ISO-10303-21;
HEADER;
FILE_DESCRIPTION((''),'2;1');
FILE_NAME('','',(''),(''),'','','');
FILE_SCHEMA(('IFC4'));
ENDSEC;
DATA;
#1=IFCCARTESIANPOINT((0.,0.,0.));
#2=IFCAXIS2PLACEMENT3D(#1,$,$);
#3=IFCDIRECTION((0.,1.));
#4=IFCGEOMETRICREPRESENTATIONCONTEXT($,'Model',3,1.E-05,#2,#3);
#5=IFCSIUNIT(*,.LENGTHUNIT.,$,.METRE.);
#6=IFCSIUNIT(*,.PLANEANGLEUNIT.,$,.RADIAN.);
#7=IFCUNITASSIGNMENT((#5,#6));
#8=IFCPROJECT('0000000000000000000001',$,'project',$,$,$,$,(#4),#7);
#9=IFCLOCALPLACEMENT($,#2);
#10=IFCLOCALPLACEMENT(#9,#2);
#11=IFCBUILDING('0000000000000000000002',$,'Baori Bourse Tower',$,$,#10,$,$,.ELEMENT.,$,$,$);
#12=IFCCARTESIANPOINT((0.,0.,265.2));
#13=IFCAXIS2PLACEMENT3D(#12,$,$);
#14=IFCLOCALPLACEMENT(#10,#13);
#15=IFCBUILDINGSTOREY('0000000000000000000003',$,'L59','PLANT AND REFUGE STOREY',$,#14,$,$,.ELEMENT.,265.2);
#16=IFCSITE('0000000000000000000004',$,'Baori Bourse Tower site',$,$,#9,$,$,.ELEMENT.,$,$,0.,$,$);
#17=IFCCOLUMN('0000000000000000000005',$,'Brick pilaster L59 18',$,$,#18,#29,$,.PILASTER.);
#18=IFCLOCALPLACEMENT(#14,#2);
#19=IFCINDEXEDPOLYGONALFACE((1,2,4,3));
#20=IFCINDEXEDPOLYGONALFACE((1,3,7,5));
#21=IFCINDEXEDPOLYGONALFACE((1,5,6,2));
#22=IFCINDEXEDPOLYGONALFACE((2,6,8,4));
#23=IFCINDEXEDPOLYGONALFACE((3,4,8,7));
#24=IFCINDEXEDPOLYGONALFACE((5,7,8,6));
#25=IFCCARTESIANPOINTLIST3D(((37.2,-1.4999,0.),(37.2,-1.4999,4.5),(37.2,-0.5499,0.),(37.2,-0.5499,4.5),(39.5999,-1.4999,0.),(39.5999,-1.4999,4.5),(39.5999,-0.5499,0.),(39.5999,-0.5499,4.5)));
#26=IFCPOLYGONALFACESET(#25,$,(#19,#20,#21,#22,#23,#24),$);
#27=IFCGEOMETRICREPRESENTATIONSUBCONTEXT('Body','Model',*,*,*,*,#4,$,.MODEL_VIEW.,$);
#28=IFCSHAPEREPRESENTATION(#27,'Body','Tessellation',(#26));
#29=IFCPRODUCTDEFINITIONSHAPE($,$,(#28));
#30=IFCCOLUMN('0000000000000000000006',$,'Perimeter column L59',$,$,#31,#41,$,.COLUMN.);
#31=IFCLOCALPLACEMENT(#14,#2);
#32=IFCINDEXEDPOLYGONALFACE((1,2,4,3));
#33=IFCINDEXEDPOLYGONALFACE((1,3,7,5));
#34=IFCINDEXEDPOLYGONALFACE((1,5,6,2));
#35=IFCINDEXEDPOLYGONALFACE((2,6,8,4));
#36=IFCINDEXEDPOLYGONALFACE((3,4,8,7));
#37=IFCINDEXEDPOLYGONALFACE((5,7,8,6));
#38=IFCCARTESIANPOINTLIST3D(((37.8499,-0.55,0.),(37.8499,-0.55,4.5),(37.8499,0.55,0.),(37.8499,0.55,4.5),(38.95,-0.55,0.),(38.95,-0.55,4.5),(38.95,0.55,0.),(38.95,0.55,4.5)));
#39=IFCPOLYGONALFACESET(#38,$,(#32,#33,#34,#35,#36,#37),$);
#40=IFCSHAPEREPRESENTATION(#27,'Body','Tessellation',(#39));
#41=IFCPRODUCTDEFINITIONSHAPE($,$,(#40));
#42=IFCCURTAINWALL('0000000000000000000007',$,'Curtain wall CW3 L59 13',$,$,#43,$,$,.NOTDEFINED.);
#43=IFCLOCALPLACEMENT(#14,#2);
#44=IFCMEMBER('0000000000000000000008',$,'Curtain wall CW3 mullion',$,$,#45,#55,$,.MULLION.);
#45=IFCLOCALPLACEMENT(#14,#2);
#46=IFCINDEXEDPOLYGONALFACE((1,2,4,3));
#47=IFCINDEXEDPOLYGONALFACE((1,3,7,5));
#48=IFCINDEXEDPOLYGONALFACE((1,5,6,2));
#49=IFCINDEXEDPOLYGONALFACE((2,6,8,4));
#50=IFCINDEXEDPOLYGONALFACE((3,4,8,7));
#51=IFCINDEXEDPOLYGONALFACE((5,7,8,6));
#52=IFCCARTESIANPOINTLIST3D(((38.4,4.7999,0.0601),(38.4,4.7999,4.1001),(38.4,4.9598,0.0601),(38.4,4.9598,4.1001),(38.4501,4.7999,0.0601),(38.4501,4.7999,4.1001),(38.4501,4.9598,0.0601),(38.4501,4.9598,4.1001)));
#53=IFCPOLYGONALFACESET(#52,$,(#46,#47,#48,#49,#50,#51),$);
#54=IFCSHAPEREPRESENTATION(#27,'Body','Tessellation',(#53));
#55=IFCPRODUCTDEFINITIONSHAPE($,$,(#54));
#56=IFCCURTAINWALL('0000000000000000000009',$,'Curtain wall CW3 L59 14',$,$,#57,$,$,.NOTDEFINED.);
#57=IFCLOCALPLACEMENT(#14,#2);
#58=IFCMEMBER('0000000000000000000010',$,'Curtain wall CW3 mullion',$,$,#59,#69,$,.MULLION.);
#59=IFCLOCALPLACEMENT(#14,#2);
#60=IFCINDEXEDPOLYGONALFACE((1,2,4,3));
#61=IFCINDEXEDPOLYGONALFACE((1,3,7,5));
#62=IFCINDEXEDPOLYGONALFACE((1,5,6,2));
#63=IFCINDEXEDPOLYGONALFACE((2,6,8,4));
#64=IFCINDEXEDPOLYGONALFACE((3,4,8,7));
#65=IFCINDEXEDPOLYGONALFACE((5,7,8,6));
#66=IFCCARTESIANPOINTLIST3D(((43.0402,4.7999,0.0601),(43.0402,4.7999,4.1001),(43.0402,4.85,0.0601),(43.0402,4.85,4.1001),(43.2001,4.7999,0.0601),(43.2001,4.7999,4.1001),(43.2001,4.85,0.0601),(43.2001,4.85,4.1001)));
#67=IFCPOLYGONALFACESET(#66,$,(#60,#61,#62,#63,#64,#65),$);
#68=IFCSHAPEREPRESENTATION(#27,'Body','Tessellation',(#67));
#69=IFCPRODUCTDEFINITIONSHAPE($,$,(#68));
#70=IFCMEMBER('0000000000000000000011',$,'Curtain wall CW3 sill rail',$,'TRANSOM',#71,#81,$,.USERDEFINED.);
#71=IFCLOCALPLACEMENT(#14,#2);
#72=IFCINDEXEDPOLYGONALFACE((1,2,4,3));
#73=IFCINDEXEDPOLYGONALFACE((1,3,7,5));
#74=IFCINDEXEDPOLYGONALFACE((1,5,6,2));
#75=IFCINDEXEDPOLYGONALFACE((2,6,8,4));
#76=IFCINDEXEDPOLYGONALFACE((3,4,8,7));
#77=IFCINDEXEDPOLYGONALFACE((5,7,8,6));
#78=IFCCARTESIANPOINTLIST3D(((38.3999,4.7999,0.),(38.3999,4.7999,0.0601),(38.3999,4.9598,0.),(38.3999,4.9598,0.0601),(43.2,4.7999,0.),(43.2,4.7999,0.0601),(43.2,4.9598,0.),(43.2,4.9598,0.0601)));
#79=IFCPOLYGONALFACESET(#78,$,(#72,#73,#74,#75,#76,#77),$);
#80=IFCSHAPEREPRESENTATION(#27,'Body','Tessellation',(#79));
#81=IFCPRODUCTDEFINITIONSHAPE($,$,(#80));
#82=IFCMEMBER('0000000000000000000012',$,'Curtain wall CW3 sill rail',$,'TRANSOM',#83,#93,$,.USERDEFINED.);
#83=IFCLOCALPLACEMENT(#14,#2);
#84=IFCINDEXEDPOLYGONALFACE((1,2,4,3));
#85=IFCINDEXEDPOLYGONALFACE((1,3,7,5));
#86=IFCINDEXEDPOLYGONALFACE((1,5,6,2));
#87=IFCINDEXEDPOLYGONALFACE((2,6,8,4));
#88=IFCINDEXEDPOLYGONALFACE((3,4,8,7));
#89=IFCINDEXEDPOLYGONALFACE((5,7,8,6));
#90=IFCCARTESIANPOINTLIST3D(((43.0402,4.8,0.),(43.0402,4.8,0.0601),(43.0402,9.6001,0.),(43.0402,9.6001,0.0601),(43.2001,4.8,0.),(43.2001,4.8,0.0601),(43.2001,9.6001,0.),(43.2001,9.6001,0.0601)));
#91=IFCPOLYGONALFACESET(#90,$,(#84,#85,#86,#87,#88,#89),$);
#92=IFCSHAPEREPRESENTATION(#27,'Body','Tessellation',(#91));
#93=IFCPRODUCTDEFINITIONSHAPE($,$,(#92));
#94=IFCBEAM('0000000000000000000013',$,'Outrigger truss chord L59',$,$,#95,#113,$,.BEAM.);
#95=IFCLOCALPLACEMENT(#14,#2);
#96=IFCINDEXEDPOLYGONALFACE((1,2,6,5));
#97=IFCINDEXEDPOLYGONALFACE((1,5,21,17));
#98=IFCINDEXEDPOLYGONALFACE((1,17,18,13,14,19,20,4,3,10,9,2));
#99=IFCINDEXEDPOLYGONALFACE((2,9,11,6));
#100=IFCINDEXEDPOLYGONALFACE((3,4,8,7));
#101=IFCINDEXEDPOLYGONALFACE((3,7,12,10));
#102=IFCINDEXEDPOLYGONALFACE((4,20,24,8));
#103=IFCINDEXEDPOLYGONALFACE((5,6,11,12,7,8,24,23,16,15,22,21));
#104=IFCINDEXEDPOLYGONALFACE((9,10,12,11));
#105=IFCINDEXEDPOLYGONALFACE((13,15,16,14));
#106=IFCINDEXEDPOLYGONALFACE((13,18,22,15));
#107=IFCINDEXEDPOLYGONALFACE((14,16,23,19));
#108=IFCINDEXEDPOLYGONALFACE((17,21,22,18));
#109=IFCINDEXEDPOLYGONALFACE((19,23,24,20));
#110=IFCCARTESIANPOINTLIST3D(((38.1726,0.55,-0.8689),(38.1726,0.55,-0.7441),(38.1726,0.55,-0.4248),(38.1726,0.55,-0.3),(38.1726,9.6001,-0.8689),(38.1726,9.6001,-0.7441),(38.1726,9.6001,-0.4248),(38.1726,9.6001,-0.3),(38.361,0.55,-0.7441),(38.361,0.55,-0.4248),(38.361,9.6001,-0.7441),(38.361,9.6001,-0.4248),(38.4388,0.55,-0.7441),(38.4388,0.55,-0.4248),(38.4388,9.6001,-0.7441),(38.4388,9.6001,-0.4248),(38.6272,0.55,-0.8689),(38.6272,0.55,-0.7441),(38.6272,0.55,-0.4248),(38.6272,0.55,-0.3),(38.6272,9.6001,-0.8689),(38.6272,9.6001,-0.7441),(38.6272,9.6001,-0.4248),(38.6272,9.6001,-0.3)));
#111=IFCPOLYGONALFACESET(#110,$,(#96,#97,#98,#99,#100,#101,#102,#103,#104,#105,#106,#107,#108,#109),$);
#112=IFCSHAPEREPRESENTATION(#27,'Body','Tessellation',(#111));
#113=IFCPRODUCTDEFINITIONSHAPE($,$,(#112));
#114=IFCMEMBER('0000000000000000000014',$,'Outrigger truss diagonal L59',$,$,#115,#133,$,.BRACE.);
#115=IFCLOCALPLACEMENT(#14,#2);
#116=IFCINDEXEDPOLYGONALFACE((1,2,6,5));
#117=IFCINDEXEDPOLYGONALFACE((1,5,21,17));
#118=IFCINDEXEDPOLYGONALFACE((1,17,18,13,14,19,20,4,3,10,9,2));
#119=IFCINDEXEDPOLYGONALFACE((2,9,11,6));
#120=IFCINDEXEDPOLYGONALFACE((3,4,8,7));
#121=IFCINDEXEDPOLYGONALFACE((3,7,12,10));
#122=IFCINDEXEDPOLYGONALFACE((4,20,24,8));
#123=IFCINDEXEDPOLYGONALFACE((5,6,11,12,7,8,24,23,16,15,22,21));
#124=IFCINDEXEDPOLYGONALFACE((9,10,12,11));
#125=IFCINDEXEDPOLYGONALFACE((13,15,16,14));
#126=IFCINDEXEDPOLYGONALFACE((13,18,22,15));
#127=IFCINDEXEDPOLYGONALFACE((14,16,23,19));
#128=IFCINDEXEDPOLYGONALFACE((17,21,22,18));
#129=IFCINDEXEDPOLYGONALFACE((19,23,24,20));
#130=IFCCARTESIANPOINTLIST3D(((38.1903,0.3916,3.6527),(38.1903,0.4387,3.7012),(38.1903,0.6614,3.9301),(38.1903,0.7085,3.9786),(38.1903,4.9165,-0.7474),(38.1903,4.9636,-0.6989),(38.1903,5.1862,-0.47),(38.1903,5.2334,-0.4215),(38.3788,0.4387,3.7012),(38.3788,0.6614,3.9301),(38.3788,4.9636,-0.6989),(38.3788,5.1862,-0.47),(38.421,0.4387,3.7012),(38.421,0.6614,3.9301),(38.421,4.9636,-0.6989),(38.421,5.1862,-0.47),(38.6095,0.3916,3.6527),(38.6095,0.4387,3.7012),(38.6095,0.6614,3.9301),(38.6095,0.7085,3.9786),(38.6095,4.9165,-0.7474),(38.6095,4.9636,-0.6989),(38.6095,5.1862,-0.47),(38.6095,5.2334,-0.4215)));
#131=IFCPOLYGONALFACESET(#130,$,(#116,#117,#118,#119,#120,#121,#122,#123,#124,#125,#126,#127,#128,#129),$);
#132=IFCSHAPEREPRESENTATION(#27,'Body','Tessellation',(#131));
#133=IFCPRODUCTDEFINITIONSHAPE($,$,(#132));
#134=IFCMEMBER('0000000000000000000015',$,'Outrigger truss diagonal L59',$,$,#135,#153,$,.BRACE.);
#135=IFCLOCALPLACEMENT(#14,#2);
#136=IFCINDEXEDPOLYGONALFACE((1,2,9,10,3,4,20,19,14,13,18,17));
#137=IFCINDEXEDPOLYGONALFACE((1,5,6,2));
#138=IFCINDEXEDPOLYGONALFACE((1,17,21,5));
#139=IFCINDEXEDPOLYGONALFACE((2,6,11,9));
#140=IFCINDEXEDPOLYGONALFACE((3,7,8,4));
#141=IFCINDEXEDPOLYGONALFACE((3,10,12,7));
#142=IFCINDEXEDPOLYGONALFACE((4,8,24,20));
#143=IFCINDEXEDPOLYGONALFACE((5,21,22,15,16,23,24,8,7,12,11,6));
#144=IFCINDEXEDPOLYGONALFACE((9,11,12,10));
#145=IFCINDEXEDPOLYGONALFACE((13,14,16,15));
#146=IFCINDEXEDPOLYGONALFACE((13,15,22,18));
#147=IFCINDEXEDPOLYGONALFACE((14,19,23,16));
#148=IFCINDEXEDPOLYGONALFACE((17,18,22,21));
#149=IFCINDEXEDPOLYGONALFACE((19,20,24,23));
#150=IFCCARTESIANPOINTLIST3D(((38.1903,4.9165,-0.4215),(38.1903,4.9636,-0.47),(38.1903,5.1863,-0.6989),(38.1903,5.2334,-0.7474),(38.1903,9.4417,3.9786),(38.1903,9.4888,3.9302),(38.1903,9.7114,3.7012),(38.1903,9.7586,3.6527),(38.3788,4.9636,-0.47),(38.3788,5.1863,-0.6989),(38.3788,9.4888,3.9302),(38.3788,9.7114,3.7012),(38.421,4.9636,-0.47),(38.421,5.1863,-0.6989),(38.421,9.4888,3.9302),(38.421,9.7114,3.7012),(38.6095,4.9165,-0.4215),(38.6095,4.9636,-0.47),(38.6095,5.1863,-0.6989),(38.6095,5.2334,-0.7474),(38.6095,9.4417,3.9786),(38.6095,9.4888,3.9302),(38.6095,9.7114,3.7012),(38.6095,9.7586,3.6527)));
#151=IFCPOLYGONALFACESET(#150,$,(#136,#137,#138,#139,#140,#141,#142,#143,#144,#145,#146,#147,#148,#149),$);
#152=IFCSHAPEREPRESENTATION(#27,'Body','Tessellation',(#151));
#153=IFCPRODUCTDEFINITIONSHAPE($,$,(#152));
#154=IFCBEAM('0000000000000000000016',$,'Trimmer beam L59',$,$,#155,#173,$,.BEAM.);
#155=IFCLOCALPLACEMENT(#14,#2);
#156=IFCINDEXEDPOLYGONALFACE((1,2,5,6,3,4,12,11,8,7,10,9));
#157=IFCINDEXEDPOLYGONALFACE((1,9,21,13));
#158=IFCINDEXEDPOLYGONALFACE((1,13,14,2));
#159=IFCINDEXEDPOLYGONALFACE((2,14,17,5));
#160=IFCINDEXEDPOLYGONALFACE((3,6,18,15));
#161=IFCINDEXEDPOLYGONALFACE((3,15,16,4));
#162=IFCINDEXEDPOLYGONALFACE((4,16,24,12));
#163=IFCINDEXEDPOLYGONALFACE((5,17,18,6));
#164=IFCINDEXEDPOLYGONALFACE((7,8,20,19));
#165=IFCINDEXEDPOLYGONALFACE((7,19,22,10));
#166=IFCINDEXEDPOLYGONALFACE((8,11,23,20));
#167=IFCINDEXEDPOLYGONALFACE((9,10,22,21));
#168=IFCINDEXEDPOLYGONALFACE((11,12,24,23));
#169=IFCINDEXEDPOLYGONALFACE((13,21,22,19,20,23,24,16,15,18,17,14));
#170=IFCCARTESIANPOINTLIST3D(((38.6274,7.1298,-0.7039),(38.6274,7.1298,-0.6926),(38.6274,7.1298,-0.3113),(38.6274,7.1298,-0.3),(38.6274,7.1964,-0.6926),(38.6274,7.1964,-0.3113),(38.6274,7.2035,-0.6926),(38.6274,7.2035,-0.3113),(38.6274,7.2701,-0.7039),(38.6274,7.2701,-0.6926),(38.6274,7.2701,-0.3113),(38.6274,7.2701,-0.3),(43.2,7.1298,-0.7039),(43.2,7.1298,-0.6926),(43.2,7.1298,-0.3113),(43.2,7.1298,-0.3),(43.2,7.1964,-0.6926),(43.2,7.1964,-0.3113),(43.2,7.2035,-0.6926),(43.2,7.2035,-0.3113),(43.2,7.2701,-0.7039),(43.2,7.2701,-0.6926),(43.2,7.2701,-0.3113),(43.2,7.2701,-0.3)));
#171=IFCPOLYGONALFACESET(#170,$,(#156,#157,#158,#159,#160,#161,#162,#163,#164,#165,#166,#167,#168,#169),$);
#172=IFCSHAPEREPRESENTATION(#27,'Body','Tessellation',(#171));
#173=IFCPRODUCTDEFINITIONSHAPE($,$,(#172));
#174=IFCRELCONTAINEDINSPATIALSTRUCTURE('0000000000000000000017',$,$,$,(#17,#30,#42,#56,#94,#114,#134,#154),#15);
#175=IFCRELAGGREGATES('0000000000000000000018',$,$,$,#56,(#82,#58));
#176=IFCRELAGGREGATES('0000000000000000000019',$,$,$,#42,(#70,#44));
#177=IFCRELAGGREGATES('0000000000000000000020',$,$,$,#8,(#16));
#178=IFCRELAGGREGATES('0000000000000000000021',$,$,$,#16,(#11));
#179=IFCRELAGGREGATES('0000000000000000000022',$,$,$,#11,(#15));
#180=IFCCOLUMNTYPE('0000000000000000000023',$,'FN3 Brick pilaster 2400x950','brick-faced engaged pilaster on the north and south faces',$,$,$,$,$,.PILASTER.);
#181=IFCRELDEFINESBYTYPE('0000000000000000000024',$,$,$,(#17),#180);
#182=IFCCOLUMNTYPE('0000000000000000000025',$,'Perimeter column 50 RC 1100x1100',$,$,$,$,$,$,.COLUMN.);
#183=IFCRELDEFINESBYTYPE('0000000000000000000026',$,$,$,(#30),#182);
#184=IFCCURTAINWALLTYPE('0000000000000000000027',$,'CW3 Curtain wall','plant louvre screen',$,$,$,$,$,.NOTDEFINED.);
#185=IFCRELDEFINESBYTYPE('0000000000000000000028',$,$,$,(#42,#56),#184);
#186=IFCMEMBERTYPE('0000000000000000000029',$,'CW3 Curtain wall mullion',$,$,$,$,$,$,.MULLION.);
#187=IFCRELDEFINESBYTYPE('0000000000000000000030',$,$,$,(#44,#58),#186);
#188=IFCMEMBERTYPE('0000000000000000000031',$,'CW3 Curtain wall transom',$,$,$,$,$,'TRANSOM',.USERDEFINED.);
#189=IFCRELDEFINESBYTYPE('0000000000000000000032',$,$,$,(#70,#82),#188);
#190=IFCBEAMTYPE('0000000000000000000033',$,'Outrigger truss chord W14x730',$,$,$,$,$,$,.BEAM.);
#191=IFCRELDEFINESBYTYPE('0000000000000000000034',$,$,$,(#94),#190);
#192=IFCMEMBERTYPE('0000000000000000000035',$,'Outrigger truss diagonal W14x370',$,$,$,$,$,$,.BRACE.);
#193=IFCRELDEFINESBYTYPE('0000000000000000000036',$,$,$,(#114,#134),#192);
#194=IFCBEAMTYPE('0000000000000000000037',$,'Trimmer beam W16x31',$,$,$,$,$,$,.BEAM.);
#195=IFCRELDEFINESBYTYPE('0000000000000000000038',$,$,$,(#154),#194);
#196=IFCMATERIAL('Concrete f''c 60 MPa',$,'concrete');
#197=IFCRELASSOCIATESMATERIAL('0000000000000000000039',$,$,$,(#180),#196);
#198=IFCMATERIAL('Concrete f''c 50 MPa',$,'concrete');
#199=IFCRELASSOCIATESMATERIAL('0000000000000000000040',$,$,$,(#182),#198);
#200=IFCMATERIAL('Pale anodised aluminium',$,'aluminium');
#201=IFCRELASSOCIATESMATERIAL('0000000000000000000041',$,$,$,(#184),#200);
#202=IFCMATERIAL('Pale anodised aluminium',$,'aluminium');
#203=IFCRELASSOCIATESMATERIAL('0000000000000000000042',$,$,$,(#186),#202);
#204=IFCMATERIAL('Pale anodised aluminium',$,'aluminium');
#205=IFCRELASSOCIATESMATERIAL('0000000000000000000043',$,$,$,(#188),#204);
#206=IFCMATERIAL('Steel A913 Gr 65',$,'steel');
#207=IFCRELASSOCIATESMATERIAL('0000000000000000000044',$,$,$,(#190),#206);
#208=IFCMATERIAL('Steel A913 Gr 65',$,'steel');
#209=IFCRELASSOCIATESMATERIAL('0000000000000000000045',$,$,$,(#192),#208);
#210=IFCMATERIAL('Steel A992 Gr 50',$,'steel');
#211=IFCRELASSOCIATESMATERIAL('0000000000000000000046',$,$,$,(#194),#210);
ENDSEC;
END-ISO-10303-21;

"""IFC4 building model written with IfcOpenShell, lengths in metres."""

from ifc_helpers import new_model, si_unit, direction, frame, origin, origin_2d, place, context, subcontext, project, spatial, rectangle, i_section, extrude, material, material_profile, profile_set, type_object, element, aggregate, save


model = new_model("IFC4")

# Units and contexts
model_context = context("Model", 3, precision=1e-05, world=origin(), true_north=direction((0.0, 1.0)))
body_context = subcontext(model_context, "Body", "Model", "MODEL_VIEW")
ifc_project = project(units=[si_unit("LENGTHUNIT", "METRE"), si_unit("PLANEANGLEUNIT", "RADIAN")], contexts=[model_context])

# Site, building, storey
site_placement = place(None, origin())
site = spatial("IfcSite", under=ifc_project, at=site_placement, Name="Baori Bourse Tower site", CompositionType="ELEMENT", RefElevation=0.0)
building_placement = place(site_placement, origin())
building = spatial("IfcBuilding", under=site, at=building_placement, Name="Baori Bourse Tower", CompositionType="ELEMENT")
storey_placement = place(building_placement, frame((0.0, 0.0, 265.2)))
storey = spatial("IfcBuildingStorey", under=building, at=storey_placement, Name="L59", Description="PLANT AND REFUGE STOREY", CompositionType="ELEMENT", Elevation=265.2)

# Columns
ifc_material_1 = material(Name="Concrete f'c 60 MPa", Category="concrete")
ifc_material_profile_1 = material_profile(ifc_material_1, rectangle(XDim=2.3999, YDim=0.95, at=origin_2d()), Name="RC 2400x950")
ifc_profile_set_1 = profile_set([ifc_material_profile_1], Name="Concrete f'c 60 MPa")
column_type_1 = type_object("IfcColumnType", Name="FN3 Brick pilaster 2400x950", Description="brick-faced engaged pilaster on the north and south faces", PredefinedType="PILASTER", material=ifc_profile_set_1)
column_1_placement = place(storey_placement, frame((38.3999, -1.0249, 0.0), z_axis=(0.0, 0.0, 1.0), x_axis=(1.0, 0.0, 0.0)))
element("IfcColumn", 1, at=column_1_placement, inside=storey, type_object=column_type_1, Name="Brick pilaster L59 18", PredefinedType="PILASTER", context=body_context, shape_type="SweptSolid", body=[
    extrude(rectangle(XDim=2.3999, YDim=0.95, at=origin_2d()), origin(), (0.0, 0.0, 1.0), 4.5),
])
ifc_material_2 = material(Name="Concrete f'c 50 MPa", Category="concrete")
ifc_material_profile_2 = material_profile(ifc_material_2, rectangle(XDim=1.1001, YDim=1.1001, at=origin_2d()), Name="RC 1100x1100")
ifc_profile_set_2 = profile_set([ifc_material_profile_2], Name="Concrete f'c 50 MPa")
column_type_2 = type_object("IfcColumnType", Name="Perimeter column 50 RC 1100x1100", PredefinedType="COLUMN", material=ifc_profile_set_2)
column_2_placement = place(storey_placement, frame((38.3999, 0.0, 0.0), z_axis=(0.0, 0.0, 1.0), x_axis=(1.0, 0.0, 0.0)))
element("IfcColumn", 2, at=column_2_placement, inside=storey, type_object=column_type_2, Name="Perimeter column L59", PredefinedType="COLUMN", context=body_context, shape_type="SweptSolid", body=[
    extrude(rectangle(XDim=1.1001, YDim=1.1001, at=origin_2d()), origin(), (0.0, 0.0, 1.0), 4.5),
])

# Curtain walls, members
ifc_material_3 = material(Name="Pale anodised aluminium", Category="aluminium")
curtain_wall_type = type_object("IfcCurtainWallType", Name="CW3 Curtain wall", Description="plant louvre screen", PredefinedType="NOTDEFINED", material=ifc_material_3)
curtain_wall_1_placement = place(storey_placement, origin())
curtain_wall_1 = element("IfcCurtainWall", 3, at=curtain_wall_1_placement, inside=storey, type_object=curtain_wall_type, Name="Curtain wall CW3 L59 13", PredefinedType="NOTDEFINED")
ifc_material_4 = material(Name="Pale anodised aluminium", Category="aluminium")
ifc_material_profile_3 = material_profile(ifc_material_4, rectangle(XDim=0.1599, YDim=0.05, at=origin_2d()), Name="Mullion 50x160")
ifc_profile_set_3 = profile_set([ifc_material_profile_3], Name="Pale anodised aluminium")
member_type_1 = type_object("IfcMemberType", Name="CW3 Curtain wall mullion", PredefinedType="MULLION", material=ifc_profile_set_3)
member_1_placement = place(storey_placement, frame((38.425, 4.8799, 0.0601), z_axis=(0.0, 0.0, 1.0), x_axis=(0.0, 1.0, 0.0)))
member_1 = element("IfcMember", 4, at=member_1_placement, type_object=member_type_1, Name="Curtain wall CW3 mullion", PredefinedType="MULLION", context=body_context, shape_type="SweptSolid", body=[
    extrude(rectangle(XDim=0.1599, YDim=0.05, at=origin_2d()), origin(), (0.0, 0.0, 1.0), 4.04),
])
curtain_wall_2_placement = place(storey_placement, origin())
curtain_wall_2 = element("IfcCurtainWall", 5, at=curtain_wall_2_placement, inside=storey, type_object=curtain_wall_type, Name="Curtain wall CW3 L59 14", PredefinedType="NOTDEFINED")
member_2_placement = place(storey_placement, frame((43.1201, 4.825, 0.0601), z_axis=(0.0, 0.0, 1.0), x_axis=(-1.0, 0.0, 0.0)))
member_2 = element("IfcMember", 6, at=member_2_placement, type_object=member_type_1, Name="Curtain wall CW3 mullion", PredefinedType="MULLION", context=body_context, shape_type="SweptSolid", body=[
    extrude(rectangle(XDim=0.1599, YDim=0.05, at=origin_2d()), origin(), (0.0, 0.0, 1.0), 4.04),
])

# Members
ifc_material_5 = material(Name="Pale anodised aluminium", Category="aluminium")
ifc_material_profile_4 = material_profile(ifc_material_5, rectangle(XDim=0.1599, YDim=0.0601, at=origin_2d()), Name="Transom 60x160")
ifc_profile_set_4 = profile_set([ifc_material_profile_4], Name="Pale anodised aluminium")
member_type_2 = type_object("IfcMemberType", Name="CW3 Curtain wall transom", ElementType="TRANSOM", PredefinedType="USERDEFINED", material=ifc_profile_set_4)
member_3_placement = place(storey_placement, frame((38.3999, 4.8799, 0.03), z_axis=(1.0, 0.0, 0.0), x_axis=(0.0, 1.0, 0.0)))
member_3 = element("IfcMember", 7, at=member_3_placement, type_object=member_type_2, Name="Curtain wall CW3 sill rail", ObjectType="TRANSOM", PredefinedType="USERDEFINED", context=body_context, shape_type="SweptSolid", body=[
    extrude(rectangle(XDim=0.1599, YDim=0.0601, at=origin_2d()), origin(), (0.0, 0.0, 1.0), 4.8),
])
member_4_placement = place(storey_placement, frame((43.1201, 4.8, 0.03), z_axis=(0.0, 1.0, 0.0), x_axis=(-1.0, 0.0, 0.0)))
member_4 = element("IfcMember", 8, at=member_4_placement, type_object=member_type_2, Name="Curtain wall CW3 sill rail", ObjectType="TRANSOM", PredefinedType="USERDEFINED", context=body_context, shape_type="SweptSolid", body=[
    extrude(rectangle(XDim=0.1599, YDim=0.0601, at=origin_2d()), origin(), (0.0, 0.0, 1.0), 4.8),
])
aggregate(curtain_wall_2, [member_4, member_2])

# Beam
ifc_material_6 = material(Name="Steel A913 Gr 65", Category="steel")
ifc_material_profile_5 = material_profile(ifc_material_6, i_section(OverallWidth=0.4546, OverallDepth=0.5688, WebThickness=0.0779, FlangeThickness=0.1248, at=origin_2d()), Name="W14x730")
ifc_profile_set_5 = profile_set([ifc_material_profile_5], Name="Steel A913 Gr 65")
beam_type_1 = type_object("IfcBeamType", Name="Outrigger truss chord W14x730", PredefinedType="BEAM", material=ifc_profile_set_5)
beam_1_placement = place(storey_placement, frame((38.3999, 0.55, -0.5845), z_axis=(0.0, 1.0, 0.0), x_axis=(-1.0, 0.0, 0.0)))
element("IfcBeam", 9, at=beam_1_placement, inside=storey, type_object=beam_type_1, Name="Outrigger truss chord L59", PredefinedType="BEAM", context=body_context, shape_type="SweptSolid", body=[
    extrude(i_section(OverallWidth=0.4546, OverallDepth=0.5688, WebThickness=0.0779, FlangeThickness=0.1248, at=origin_2d()), origin(), (0.0, 0.0, 1.0), 9.05),
])

# Members
ifc_material_7 = material(Name="Steel A913 Gr 65", Category="steel")
ifc_material_profile_6 = material_profile(ifc_material_7, i_section(OverallWidth=0.4192, OverallDepth=0.4546, WebThickness=0.0422, FlangeThickness=0.0676, at=origin_2d()), Name="W14x370")
ifc_profile_set_6 = profile_set([ifc_material_profile_6], Name="Steel A913 Gr 65")
member_type_3 = type_object("IfcMemberType", Name="Outrigger truss diagonal W14x370", PredefinedType="BRACE", material=ifc_profile_set_6)
member_5_placement = place(storey_placement, frame((38.3999, 0.55, 3.8157), z_axis=(0.0, 0.716921, -0.697155), x_axis=(-1.0, 0.0, 0.0)))
element("IfcMember", 10, at=member_5_placement, inside=storey, type_object=member_type_3, Name="Outrigger truss diagonal L59", PredefinedType="BRACE", context=body_context, shape_type="SweptSolid", body=[
    extrude(i_section(OverallWidth=0.4192, OverallDepth=0.4546, WebThickness=0.0422, FlangeThickness=0.0676, at=origin_2d()), origin(), (0.0, 0.0, 1.0), 6.3115),
])
member_6_placement = place(storey_placement, frame((38.3999, 5.075, -0.5845), z_axis=(0.0, 0.71694, 0.697135), x_axis=(-1.0, 0.0, 0.0)))
element("IfcMember", 11, at=member_6_placement, inside=storey, type_object=member_type_3, Name="Outrigger truss diagonal L59", PredefinedType="BRACE", context=body_context, shape_type="SweptSolid", body=[
    extrude(i_section(OverallWidth=0.4192, OverallDepth=0.4546, WebThickness=0.0422, FlangeThickness=0.0676, at=origin_2d()), origin(), (0.0, 0.0, 1.0), 6.3118),
])

# Beam
ifc_material_8 = material(Name="Steel A992 Gr 50", Category="steel")
ifc_material_profile_7 = material_profile(ifc_material_8, i_section(OverallWidth=0.1404, OverallDepth=0.4038, WebThickness=0.0071, FlangeThickness=0.0112, at=origin_2d()), Name="W16x31")
ifc_profile_set_7 = profile_set([ifc_material_profile_7], Name="Steel A992 Gr 50")
beam_type_2 = type_object("IfcBeamType", Name="Trimmer beam W16x31", PredefinedType="BEAM", material=ifc_profile_set_7)
beam_2_placement = place(storey_placement, frame((38.6274, 7.2, -0.502), z_axis=(1.0, 0.0, 0.0), x_axis=(0.0, 1.0, 0.0)))
element("IfcBeam", 12, at=beam_2_placement, inside=storey, type_object=beam_type_2, Name="Trimmer beam L59", PredefinedType="BEAM", context=body_context, shape_type="SweptSolid", body=[
    extrude(i_section(OverallWidth=0.1404, OverallDepth=0.4038, WebThickness=0.0071, FlangeThickness=0.0112, at=origin_2d()), origin(), (0.0, 0.0, 1.0), 4.5725),
])

aggregate(curtain_wall_1, [member_3, member_1])

save(model, "model.ifc")
